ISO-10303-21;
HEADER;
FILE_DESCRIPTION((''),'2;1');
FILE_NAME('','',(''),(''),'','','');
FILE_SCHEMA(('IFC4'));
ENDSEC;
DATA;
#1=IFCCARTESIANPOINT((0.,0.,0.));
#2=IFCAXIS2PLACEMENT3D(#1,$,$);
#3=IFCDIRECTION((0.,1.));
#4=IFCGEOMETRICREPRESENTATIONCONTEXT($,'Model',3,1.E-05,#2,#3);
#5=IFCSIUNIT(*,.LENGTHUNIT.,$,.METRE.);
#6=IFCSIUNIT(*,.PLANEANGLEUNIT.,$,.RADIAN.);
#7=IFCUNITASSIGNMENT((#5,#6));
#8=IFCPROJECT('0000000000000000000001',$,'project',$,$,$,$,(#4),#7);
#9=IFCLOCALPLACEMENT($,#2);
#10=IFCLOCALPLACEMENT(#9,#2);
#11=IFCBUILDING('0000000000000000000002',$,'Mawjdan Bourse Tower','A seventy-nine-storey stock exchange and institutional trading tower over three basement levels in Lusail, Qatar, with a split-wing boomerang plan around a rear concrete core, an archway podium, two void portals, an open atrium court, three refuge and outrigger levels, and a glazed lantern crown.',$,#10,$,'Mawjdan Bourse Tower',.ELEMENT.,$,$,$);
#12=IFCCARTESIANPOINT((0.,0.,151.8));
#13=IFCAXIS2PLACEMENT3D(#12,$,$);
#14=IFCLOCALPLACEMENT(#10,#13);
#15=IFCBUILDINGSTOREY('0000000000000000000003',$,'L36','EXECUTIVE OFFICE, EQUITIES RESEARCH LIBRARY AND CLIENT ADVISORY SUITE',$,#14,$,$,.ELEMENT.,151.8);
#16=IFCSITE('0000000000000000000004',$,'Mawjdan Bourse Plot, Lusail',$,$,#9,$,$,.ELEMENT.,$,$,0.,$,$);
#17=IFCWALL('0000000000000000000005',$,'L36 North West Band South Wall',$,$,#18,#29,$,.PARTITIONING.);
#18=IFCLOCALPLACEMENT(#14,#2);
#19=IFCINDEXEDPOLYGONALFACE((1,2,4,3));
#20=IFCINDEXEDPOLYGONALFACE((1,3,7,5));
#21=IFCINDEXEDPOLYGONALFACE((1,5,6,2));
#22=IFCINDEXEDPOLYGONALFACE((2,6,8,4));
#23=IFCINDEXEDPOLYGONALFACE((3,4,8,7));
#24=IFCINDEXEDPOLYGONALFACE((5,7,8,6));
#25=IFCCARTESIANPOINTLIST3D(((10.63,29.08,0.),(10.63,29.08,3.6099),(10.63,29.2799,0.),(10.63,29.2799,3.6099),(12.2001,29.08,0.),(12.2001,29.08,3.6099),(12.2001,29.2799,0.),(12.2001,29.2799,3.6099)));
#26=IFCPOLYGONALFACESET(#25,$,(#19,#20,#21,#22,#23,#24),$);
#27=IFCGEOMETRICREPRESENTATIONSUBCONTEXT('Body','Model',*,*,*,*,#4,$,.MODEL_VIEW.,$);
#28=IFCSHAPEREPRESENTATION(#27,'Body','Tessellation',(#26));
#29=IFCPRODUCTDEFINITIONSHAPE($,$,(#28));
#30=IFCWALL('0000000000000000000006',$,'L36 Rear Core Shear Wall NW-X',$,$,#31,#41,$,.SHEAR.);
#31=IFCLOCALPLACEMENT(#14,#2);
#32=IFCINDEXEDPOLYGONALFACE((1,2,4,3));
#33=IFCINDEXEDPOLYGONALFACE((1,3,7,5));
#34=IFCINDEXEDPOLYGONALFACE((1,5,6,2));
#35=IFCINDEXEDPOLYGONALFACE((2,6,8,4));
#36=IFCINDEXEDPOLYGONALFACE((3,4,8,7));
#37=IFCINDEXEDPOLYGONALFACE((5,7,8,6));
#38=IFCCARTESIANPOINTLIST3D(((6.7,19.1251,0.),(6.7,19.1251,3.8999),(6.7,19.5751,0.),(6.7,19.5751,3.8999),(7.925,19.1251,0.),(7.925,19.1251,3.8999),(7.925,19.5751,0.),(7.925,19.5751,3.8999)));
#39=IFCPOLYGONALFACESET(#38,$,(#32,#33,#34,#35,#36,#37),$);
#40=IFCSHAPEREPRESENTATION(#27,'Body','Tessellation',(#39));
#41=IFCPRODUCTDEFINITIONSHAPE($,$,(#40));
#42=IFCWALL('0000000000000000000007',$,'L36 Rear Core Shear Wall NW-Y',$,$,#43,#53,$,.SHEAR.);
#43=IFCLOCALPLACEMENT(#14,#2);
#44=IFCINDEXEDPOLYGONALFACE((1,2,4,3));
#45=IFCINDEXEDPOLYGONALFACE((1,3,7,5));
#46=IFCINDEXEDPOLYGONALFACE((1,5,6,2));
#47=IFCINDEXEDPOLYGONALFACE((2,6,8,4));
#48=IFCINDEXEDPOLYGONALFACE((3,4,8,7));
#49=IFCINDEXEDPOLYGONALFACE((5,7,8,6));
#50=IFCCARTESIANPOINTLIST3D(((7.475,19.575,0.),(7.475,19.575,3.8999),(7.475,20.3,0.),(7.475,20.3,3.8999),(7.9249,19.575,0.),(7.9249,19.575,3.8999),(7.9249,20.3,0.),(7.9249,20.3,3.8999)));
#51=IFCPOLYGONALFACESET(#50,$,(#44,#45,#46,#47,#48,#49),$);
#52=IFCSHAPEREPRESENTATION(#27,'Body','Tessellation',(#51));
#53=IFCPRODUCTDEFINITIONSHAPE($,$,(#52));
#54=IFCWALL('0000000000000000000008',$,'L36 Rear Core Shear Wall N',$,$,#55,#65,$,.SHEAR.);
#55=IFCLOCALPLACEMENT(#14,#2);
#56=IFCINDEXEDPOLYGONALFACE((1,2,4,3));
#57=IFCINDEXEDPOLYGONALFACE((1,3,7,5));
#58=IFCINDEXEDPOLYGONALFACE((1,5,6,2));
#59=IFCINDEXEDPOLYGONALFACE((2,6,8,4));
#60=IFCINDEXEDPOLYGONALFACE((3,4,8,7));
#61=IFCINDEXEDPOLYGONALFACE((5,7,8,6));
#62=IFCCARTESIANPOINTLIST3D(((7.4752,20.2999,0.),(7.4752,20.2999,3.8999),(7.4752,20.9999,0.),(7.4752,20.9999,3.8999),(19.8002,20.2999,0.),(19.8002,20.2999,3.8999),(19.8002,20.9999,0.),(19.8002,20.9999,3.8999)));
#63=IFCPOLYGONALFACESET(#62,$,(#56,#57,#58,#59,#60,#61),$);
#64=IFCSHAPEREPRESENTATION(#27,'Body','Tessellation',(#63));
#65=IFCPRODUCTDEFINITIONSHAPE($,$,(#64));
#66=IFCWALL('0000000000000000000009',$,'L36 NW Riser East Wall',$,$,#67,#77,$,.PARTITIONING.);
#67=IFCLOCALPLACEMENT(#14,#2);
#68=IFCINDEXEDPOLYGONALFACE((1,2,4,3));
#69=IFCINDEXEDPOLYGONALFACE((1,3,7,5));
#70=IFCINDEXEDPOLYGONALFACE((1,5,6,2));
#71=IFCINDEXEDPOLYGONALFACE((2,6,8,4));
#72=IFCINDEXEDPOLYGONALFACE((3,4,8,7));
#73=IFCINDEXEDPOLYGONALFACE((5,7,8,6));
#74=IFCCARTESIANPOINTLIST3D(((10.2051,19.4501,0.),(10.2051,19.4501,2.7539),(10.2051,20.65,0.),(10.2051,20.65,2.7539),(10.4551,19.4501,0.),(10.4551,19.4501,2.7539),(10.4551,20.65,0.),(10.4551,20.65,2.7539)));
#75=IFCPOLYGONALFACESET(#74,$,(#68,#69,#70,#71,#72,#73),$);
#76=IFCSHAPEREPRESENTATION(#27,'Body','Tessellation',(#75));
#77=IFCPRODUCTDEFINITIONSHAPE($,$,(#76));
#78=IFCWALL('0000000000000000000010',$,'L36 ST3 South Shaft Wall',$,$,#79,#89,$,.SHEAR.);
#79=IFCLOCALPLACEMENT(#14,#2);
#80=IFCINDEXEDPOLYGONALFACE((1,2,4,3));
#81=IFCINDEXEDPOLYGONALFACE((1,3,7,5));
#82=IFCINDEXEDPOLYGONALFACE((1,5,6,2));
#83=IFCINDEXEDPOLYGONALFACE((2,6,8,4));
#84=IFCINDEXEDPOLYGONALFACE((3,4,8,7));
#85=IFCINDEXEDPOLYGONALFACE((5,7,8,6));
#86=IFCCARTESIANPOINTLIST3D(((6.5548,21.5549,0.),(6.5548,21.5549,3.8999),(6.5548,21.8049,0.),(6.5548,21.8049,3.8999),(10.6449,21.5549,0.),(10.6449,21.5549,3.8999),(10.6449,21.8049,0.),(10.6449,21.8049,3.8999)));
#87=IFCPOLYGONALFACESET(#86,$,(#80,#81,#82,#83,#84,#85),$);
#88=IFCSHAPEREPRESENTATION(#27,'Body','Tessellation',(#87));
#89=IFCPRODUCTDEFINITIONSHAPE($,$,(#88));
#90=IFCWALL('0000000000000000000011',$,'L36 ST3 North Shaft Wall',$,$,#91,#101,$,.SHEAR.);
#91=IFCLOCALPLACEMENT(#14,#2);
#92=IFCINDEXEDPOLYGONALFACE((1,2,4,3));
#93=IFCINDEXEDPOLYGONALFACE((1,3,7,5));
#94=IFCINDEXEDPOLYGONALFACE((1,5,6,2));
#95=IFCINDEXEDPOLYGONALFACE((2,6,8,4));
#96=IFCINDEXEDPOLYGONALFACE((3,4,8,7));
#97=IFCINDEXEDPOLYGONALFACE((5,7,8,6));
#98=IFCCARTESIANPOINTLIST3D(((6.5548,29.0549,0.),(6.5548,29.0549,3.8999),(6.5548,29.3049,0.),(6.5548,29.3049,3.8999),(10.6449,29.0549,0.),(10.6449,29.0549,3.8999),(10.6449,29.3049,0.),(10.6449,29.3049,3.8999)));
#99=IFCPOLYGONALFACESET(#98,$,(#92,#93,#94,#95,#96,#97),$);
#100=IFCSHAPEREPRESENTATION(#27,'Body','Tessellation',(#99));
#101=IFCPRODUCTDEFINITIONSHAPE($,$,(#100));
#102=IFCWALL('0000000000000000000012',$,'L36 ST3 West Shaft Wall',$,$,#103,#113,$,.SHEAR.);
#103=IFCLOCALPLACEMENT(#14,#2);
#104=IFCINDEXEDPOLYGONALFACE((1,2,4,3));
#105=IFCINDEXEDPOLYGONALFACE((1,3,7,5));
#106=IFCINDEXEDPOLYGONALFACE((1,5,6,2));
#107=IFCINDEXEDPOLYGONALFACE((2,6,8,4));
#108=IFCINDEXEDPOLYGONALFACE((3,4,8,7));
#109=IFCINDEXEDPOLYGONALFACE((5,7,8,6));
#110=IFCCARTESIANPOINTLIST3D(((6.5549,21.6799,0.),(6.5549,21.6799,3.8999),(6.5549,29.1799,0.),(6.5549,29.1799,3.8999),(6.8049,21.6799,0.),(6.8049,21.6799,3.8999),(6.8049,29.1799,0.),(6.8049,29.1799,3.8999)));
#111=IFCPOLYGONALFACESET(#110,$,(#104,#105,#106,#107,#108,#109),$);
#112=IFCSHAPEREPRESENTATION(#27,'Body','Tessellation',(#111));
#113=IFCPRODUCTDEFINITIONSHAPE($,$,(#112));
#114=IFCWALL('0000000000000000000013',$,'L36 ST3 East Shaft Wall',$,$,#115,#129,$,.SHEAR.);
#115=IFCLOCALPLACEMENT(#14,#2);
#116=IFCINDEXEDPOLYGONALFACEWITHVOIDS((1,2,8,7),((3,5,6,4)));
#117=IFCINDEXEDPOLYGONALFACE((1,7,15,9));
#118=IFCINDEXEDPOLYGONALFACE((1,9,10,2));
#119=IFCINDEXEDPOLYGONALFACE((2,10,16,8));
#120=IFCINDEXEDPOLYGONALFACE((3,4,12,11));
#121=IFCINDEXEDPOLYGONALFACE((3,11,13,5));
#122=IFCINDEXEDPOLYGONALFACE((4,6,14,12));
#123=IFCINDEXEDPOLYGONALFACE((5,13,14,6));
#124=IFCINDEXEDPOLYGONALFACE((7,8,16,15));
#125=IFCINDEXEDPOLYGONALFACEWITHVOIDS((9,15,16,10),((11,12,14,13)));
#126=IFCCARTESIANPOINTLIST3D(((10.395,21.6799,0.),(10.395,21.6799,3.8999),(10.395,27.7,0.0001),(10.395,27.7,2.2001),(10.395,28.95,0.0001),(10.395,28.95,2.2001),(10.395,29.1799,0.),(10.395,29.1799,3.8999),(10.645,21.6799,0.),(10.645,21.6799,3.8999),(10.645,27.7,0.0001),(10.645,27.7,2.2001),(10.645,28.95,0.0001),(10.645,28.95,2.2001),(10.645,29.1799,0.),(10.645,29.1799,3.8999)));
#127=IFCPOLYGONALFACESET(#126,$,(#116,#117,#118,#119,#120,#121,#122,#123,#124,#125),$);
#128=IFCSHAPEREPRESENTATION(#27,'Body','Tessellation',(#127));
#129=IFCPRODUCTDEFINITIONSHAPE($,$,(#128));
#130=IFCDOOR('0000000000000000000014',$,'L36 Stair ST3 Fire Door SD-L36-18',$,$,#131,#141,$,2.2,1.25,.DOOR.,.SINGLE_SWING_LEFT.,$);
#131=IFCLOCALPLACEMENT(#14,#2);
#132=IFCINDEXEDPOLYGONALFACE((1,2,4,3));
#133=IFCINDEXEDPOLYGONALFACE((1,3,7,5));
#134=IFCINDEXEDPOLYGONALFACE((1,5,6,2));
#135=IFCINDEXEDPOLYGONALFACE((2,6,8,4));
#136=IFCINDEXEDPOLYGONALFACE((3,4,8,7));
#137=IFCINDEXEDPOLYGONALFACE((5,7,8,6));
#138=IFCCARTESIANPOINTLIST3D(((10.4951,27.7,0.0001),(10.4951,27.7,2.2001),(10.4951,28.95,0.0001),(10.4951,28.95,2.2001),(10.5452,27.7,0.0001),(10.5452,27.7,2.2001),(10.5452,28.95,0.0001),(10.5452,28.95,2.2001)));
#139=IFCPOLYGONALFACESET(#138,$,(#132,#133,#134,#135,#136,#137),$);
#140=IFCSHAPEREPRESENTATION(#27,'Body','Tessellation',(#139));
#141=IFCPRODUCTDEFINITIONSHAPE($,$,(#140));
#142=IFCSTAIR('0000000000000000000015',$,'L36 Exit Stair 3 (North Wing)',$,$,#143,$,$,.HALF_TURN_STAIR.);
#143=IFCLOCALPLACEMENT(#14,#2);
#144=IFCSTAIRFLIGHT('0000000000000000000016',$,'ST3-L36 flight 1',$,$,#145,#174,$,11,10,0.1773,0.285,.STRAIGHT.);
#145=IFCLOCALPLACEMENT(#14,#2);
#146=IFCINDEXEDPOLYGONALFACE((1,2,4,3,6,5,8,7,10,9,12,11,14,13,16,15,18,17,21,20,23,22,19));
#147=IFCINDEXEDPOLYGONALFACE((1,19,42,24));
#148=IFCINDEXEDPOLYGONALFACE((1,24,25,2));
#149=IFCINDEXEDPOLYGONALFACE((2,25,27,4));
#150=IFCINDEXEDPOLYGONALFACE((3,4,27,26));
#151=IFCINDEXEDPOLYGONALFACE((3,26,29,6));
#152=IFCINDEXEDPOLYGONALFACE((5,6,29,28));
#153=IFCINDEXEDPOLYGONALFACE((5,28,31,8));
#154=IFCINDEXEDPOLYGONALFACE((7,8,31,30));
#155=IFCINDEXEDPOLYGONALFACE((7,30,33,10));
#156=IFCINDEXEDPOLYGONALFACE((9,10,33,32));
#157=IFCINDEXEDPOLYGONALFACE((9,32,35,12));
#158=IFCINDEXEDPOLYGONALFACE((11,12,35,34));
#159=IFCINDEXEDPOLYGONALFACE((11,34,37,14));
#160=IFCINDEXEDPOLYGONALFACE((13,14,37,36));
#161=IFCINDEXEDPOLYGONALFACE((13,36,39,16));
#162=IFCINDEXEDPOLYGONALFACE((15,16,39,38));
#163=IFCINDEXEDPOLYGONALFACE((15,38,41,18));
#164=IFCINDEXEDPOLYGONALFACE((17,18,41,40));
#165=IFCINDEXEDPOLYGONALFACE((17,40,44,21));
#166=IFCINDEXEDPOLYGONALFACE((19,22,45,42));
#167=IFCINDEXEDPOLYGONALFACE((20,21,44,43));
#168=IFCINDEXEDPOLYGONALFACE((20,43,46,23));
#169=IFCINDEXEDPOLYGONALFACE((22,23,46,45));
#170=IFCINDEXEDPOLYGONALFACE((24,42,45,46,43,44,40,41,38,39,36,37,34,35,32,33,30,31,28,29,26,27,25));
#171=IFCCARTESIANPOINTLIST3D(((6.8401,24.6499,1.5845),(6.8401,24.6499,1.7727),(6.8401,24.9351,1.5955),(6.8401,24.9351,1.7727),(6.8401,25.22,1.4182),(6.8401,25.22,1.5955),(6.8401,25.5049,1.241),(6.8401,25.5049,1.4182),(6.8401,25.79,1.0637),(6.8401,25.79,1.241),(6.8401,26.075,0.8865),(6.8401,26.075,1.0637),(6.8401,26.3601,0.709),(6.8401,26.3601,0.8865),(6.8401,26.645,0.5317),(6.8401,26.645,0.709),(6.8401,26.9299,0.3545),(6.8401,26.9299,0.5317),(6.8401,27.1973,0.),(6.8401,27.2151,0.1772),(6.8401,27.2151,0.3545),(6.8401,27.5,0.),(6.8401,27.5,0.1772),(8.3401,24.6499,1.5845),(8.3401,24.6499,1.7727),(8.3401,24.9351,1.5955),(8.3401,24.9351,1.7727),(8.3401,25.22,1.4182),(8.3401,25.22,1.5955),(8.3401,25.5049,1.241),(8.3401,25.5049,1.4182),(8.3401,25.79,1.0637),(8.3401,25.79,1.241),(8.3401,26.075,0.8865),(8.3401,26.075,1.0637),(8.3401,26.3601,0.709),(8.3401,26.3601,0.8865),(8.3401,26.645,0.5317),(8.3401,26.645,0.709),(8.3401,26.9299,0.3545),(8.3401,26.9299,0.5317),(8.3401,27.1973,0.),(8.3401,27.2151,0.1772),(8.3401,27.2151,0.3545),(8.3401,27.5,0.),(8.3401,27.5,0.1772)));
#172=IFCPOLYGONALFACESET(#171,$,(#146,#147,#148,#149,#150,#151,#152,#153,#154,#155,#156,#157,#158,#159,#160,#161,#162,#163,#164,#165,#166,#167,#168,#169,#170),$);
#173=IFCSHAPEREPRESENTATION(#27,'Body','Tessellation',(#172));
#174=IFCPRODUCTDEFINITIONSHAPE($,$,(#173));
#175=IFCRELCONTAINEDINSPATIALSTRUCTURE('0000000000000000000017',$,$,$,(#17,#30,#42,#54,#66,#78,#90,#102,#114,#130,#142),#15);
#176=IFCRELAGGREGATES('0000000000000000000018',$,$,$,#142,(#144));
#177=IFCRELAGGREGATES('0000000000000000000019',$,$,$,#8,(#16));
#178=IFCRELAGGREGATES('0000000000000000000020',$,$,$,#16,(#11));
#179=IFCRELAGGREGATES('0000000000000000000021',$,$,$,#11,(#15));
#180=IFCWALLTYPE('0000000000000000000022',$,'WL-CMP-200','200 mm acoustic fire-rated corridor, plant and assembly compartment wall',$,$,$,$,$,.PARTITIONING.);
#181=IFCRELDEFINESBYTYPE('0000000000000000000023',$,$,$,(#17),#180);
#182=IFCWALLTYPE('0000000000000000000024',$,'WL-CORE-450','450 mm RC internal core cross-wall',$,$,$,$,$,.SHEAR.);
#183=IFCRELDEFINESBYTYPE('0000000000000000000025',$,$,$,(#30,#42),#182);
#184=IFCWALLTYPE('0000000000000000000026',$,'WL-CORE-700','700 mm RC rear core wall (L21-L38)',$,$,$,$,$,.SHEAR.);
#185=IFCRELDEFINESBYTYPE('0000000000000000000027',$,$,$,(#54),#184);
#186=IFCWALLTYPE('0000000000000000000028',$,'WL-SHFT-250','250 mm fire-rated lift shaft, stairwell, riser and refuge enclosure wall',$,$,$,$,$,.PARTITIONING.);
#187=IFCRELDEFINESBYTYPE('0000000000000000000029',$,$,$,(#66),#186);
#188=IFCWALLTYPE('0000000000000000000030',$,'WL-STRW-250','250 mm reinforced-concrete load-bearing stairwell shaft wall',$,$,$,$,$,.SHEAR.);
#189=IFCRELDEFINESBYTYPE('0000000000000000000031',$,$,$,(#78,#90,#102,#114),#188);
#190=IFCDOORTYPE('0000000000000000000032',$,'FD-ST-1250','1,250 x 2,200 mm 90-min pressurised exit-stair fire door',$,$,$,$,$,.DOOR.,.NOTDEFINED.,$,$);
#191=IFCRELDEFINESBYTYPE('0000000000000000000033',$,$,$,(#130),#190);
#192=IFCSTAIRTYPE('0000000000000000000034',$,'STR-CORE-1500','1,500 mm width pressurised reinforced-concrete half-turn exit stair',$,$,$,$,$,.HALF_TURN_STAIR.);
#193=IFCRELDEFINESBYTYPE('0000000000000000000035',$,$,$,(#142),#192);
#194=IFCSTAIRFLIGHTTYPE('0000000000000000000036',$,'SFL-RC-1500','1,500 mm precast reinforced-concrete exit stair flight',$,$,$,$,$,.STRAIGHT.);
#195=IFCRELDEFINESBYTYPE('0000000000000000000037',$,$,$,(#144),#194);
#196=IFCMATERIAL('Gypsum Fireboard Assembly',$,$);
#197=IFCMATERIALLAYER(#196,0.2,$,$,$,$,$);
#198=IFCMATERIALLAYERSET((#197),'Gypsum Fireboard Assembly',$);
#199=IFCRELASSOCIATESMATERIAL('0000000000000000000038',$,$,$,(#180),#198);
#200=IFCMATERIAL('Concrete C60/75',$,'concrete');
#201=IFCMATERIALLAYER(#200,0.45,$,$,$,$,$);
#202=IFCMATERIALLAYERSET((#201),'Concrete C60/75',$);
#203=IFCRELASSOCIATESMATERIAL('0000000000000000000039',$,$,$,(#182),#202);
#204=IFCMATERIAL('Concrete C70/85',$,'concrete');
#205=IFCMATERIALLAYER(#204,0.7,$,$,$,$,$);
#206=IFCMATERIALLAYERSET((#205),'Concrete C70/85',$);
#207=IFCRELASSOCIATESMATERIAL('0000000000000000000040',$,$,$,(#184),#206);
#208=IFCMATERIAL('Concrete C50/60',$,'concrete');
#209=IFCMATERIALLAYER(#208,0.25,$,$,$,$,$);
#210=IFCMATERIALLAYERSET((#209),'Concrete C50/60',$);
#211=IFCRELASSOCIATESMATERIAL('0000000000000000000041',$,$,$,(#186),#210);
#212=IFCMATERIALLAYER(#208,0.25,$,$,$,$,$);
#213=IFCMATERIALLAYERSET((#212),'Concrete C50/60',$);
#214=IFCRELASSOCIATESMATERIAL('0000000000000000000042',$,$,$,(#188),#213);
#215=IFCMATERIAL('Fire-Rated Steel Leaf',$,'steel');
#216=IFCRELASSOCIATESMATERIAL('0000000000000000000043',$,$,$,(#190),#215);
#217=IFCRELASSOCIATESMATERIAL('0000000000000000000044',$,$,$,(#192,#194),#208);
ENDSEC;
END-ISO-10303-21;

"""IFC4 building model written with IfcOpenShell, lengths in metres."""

from ifc_helpers import new_model, si_unit, direction, frame, frame_2d, origin, place, context, subcontext, project, spatial, polyline, rectangle, outline, extrude, material, layer, layer_set, type_object, element, fill, aggregate, save


model = new_model("IFC4")

# Units and contexts
model_context = context("Model", 3, precision=1e-05, world=origin(), true_north=direction((0.0, 1.0)))
body_context = subcontext(model_context, "Body", "Model", "MODEL_VIEW")
ifc_project = project(units=[si_unit("LENGTHUNIT", "METRE"), si_unit("PLANEANGLEUNIT", "RADIAN")], contexts=[model_context])

# Site, building, storey
site_placement = place(None, origin())
site = spatial("IfcSite", under=ifc_project, at=site_placement, Name="Mawjdan Bourse Plot, Lusail", CompositionType="ELEMENT", RefElevation=0.0)
building_placement = place(site_placement, origin())
building = spatial("IfcBuilding", under=site, at=building_placement, Name="Mawjdan Bourse Tower", Description="A seventy-nine-storey stock exchange and institutional trading tower over three basement levels in Lusail, Qatar, with a split-wing boomerang plan around a rear concrete core, an archway podium, two void portals, an open atrium court, three refuge and outrigger levels, and a glazed lantern crown.", LongName="Mawjdan Bourse Tower", CompositionType="ELEMENT")
storey_placement = place(building_placement, frame((0.0, 0.0, 151.8)))
storey = spatial("IfcBuildingStorey", under=building, at=storey_placement, Name="L36", Description="EXECUTIVE OFFICE, EQUITIES RESEARCH LIBRARY AND CLIENT ADVISORY SUITE", CompositionType="ELEMENT", Elevation=151.8)

# Shared definitions
ifc_material_1 = material(Name="Concrete C70/85", Category="concrete")

# Shared definitions
ifc_material_2 = material(Name="Gypsum Fireboard Assembly")
ifc_layer_1 = layer(ifc_material_2, 0.2)
ifc_layer_set_1 = layer_set([ifc_layer_1], Name="Gypsum Fireboard Assembly")
wall_type_1 = type_object("IfcWallType", Name="WL-CMP-200", Description="200 mm acoustic fire-rated corridor, plant and assembly compartment wall", PredefinedType="PARTITIONING", material=ifc_layer_set_1)

# Walls
wall_1_placement = place(storey_placement, frame((10.6299, 29.1799, 0.0), z_axis=(0.0, 0.0, 1.0), x_axis=(1.0, 0.0, 0.0)))
element("IfcWall", 1, at=wall_1_placement, inside=storey, type_object=wall_type_1, Name="L36 North West Band South Wall", PredefinedType="PARTITIONING", context=body_context, shape_type="SweptSolid", body=[
    extrude(rectangle(XDim=1.5701, YDim=0.2, at=frame_2d((0.7852, 0.0))), origin(), (0.0, 0.0, 1.0), 3.6099),
])
ifc_material_3 = material(Name="Concrete C60/75", Category="concrete")
ifc_layer_2 = layer(ifc_material_3, 0.45)
ifc_layer_set_2 = layer_set([ifc_layer_2], Name="Concrete C60/75")
wall_type_2 = type_object("IfcWallType", Name="WL-CORE-450", Description="450 mm RC internal core cross-wall", PredefinedType="SHEAR", material=ifc_layer_set_2)
wall_2_placement = place(storey_placement, frame((6.7, 19.3501, 0.0), z_axis=(0.0, 0.0, 1.0), x_axis=(1.0, 0.0, 0.0)))
element("IfcWall", 2, at=wall_2_placement, inside=storey, type_object=wall_type_2, Name="L36 Rear Core Shear Wall NW-X", PredefinedType="SHEAR", context=body_context, shape_type="SweptSolid", body=[
    extrude(rectangle(XDim=1.2251, YDim=0.45, at=frame_2d((0.6125, 0.0))), origin(), (0.0, 0.0, 1.0), 3.8999),
])
wall_3_placement = place(storey_placement, frame((7.7, 19.575, 0.0), z_axis=(0.0, 0.0, 1.0), x_axis=(0.0, 1.0, 0.0)))
element("IfcWall", 3, at=wall_3_placement, inside=storey, type_object=wall_type_2, Name="L36 Rear Core Shear Wall NW-Y", PredefinedType="SHEAR", context=body_context, shape_type="SweptSolid", body=[
    extrude(rectangle(XDim=0.7251, YDim=0.45, at=frame_2d((0.3625, 0.0))), origin(), (0.0, 0.0, 1.0), 3.8999),
])
ifc_layer_3 = layer(ifc_material_1, 0.7)
ifc_layer_set_3 = layer_set([ifc_layer_3], Name="Concrete C70/85")
wall_type_3 = type_object("IfcWallType", Name="WL-CORE-700", Description="700 mm RC rear core wall (L21-L38)", PredefinedType="SHEAR", material=ifc_layer_set_3)
wall_4_placement = place(storey_placement, frame((7.4751, 20.6499, 0.0), z_axis=(0.0, 0.0, 1.0), x_axis=(1.0, 0.0, 0.0)))
element("IfcWall", 4, at=wall_4_placement, inside=storey, type_object=wall_type_3, Name="L36 Rear Core Shear Wall N", PredefinedType="SHEAR", context=body_context, shape_type="SweptSolid", body=[
    extrude(rectangle(XDim=12.325, YDim=0.7, at=frame_2d((6.1626, 0.0))), origin(), (0.0, 0.0, 1.0), 3.8999),
])
ifc_material_4 = material(Name="Concrete C50/60", Category="concrete")
ifc_layer_4 = layer(ifc_material_4, 0.25)
ifc_layer_set_4 = layer_set([ifc_layer_4], Name="Concrete C50/60")
wall_type_4 = type_object("IfcWallType", Name="WL-SHFT-250", Description="250 mm fire-rated lift shaft, stairwell, riser and refuge enclosure wall", PredefinedType="PARTITIONING", material=ifc_layer_set_4)
wall_5_placement = place(storey_placement, frame((10.3301, 19.45, 0.0), z_axis=(0.0, 0.0, 1.0), x_axis=(0.0, 1.0, 0.0)))
element("IfcWall", 5, at=wall_5_placement, inside=storey, type_object=wall_type_4, Name="L36 NW Riser East Wall", PredefinedType="PARTITIONING", context=body_context, shape_type="SweptSolid", body=[
    extrude(rectangle(XDim=1.2, YDim=0.25, at=frame_2d((0.6001, 0.0))), origin(), (0.0, 0.0, 1.0), 2.7539),
])
ifc_layer_5 = layer(ifc_material_4, 0.25)
ifc_layer_set_5 = layer_set([ifc_layer_5], Name="Concrete C50/60")
wall_type_5 = type_object("IfcWallType", Name="WL-STRW-250", Description="250 mm reinforced-concrete load-bearing stairwell shaft wall", PredefinedType="SHEAR", material=ifc_layer_set_5)
for number, where, z_axis, x_axis, name in (
    (6, (6.5549, 21.6799, 0.0), (0.0, 0.0, 1.0), (1.0, 0.0, 0.0), "L36 ST3 South Shaft Wall"),
    (7, (6.5549, 29.1799, 0.0), (0.0, 0.0, 1.0), (1.0, 0.0, 0.0), "L36 ST3 North Shaft Wall"),
):
    element("IfcWall", number, at=place(storey_placement, frame(where, z_axis=z_axis, x_axis=x_axis)), inside=storey, type_object=wall_type_5, Name=name, PredefinedType="SHEAR", context=body_context, shape_type="SweptSolid", body=[
        extrude(rectangle(XDim=4.0901, YDim=0.25, at=frame_2d((2.0449, 0.0))), origin(), (0.0, 0.0, 1.0), 3.8999),
    ])
wall_6_placement = place(storey_placement, frame((6.6799, 21.6799, 0.0), z_axis=(0.0, 0.0, 1.0), x_axis=(0.0, 1.0, 0.0)))
element("IfcWall", 8, at=wall_6_placement, inside=storey, type_object=wall_type_5, Name="L36 ST3 West Shaft Wall", PredefinedType="SHEAR", context=body_context, shape_type="SweptSolid", body=[
    extrude(rectangle(XDim=7.5, YDim=0.25, at=frame_2d((3.75, 0.0))), origin(), (0.0, 0.0, 1.0), 3.8999),
])

# Wall, opening, door
wall_7_placement = place(storey_placement, frame((10.52, 21.6799, 0.0), z_axis=(0.0, 0.0, 1.0), x_axis=(0.0, 1.0, 0.0)))
wall_7 = element("IfcWall", 9, at=wall_7_placement, inside=storey, type_object=wall_type_5, Name="L36 ST3 East Shaft Wall", PredefinedType="SHEAR", context=body_context, shape_type="SweptSolid", body=[
    extrude(rectangle(XDim=7.5, YDim=0.25, at=frame_2d((3.75, 0.0))), origin(), (0.0, 0.0, 1.0), 3.8999),
])
opening_1_placement = place(wall_7_placement, frame((6.02, 0.0, 0.0)))
opening_1 = element("IfcOpeningElement", 10, at=opening_1_placement, cuts=wall_7, PredefinedType="OPENING", context=body_context, shape_type="SweptSolid", body=[
    extrude(rectangle(XDim=1.25, YDim=2.2, at=frame_2d((0.625, 1.1001))), frame((0.0, 0.135, 0.0), z_axis=(0.0, -1.0, 0.0), x_axis=(1.0, 0.0, 0.0)), (0.0, 0.0, 1.0), 0.27),
])
ifc_material_5 = material(Name="Fire-Rated Steel Leaf", Category="steel")
door_type_1 = type_object("IfcDoorType", Name="FD-ST-1250", Description="1,250 x 2,200 mm 90-min pressurised exit-stair fire door", OperationType="NOTDEFINED", PredefinedType="DOOR", material=ifc_material_5)
door_1_placement = place(opening_1_placement, origin())
door_1 = element("IfcDoor", 11, at=door_1_placement, inside=storey, type_object=door_type_1, Name="L36 Stair ST3 Fire Door SD-L36-18", OperationType="SINGLE_SWING_LEFT", OverallHeight=2.2, OverallWidth=1.25, PredefinedType="DOOR", context=body_context, shape_type="SweptSolid", body=[
    extrude(rectangle(XDim=1.25, YDim=2.2, at=frame_2d((0.625, 1.1001))), frame((0.0, 0.0249, 0.0), z_axis=(0.0, -1.0, 0.0), x_axis=(1.0, 0.0, 0.0)), (0.0, 0.0, 1.0), 0.05),
])
fill(opening_1, door_1)

# Stair, stair flight
stair_type = type_object("IfcStairType", Name="STR-CORE-1500", Description="1,500 mm width pressurised reinforced-concrete half-turn exit stair", PredefinedType="HALF_TURN_STAIR", material=ifc_material_4)
stair_placement = place(storey_placement, origin())
stair = element("IfcStair", 12, at=stair_placement, inside=storey, type_object=stair_type, Name="L36 Exit Stair 3 (North Wing)", PredefinedType="HALF_TURN_STAIR")
stair_flight_type = type_object("IfcStairFlightType", Name="SFL-RC-1500", Description="1,500 mm precast reinforced-concrete exit stair flight", PredefinedType="STRAIGHT", material=ifc_material_4)
stair_flight_1_placement = place(storey_placement, frame((7.5901, 27.5, 0.0), z_axis=(0.0, 0.0, 1.0), x_axis=(0.0, -1.0, 0.0)))
stair_flight_1 = element("IfcStairFlight", 13, at=stair_flight_1_placement, type_object=stair_flight_type, Name="ST3-L36 flight 1", NumberOfRisers=11, NumberOfTreads=10, PredefinedType="STRAIGHT", RiserHeight=0.1773, TreadLength=0.285, context=body_context, shape_type="SweptSolid", body=[
    extrude(outline(polyline([(0.0, 0.0), (0.0, 0.1772), (0.2849, 0.1772), (0.2849, 0.3545), (0.5701, 0.3545), (0.5701, 0.5317), (0.855, 0.5317), (0.855, 0.709), (1.1399, 0.709), (1.1399, 0.8865), (1.425, 0.8865), (1.425, 1.0637), (1.71, 1.0637), (1.71, 1.241), (1.9951, 1.241), (1.9951, 1.4182), (2.28, 1.4182), (2.28, 1.5955), (2.5649, 1.5955), (2.5649, 1.7727), (2.8501, 1.7727), (2.8501, 1.95), (2.8501, 1.5845), (0.3027, 0.0), (0.0, 0.0)])), frame((0.0, 0.75, 0.0), z_axis=(0.0, -1.0, 0.0), x_axis=(1.0, 0.0, 0.0)), (0.0, 0.0, 1.0), 1.5),
])
aggregate(stair, [stair_flight_1])

save(model, "model.ifc")
